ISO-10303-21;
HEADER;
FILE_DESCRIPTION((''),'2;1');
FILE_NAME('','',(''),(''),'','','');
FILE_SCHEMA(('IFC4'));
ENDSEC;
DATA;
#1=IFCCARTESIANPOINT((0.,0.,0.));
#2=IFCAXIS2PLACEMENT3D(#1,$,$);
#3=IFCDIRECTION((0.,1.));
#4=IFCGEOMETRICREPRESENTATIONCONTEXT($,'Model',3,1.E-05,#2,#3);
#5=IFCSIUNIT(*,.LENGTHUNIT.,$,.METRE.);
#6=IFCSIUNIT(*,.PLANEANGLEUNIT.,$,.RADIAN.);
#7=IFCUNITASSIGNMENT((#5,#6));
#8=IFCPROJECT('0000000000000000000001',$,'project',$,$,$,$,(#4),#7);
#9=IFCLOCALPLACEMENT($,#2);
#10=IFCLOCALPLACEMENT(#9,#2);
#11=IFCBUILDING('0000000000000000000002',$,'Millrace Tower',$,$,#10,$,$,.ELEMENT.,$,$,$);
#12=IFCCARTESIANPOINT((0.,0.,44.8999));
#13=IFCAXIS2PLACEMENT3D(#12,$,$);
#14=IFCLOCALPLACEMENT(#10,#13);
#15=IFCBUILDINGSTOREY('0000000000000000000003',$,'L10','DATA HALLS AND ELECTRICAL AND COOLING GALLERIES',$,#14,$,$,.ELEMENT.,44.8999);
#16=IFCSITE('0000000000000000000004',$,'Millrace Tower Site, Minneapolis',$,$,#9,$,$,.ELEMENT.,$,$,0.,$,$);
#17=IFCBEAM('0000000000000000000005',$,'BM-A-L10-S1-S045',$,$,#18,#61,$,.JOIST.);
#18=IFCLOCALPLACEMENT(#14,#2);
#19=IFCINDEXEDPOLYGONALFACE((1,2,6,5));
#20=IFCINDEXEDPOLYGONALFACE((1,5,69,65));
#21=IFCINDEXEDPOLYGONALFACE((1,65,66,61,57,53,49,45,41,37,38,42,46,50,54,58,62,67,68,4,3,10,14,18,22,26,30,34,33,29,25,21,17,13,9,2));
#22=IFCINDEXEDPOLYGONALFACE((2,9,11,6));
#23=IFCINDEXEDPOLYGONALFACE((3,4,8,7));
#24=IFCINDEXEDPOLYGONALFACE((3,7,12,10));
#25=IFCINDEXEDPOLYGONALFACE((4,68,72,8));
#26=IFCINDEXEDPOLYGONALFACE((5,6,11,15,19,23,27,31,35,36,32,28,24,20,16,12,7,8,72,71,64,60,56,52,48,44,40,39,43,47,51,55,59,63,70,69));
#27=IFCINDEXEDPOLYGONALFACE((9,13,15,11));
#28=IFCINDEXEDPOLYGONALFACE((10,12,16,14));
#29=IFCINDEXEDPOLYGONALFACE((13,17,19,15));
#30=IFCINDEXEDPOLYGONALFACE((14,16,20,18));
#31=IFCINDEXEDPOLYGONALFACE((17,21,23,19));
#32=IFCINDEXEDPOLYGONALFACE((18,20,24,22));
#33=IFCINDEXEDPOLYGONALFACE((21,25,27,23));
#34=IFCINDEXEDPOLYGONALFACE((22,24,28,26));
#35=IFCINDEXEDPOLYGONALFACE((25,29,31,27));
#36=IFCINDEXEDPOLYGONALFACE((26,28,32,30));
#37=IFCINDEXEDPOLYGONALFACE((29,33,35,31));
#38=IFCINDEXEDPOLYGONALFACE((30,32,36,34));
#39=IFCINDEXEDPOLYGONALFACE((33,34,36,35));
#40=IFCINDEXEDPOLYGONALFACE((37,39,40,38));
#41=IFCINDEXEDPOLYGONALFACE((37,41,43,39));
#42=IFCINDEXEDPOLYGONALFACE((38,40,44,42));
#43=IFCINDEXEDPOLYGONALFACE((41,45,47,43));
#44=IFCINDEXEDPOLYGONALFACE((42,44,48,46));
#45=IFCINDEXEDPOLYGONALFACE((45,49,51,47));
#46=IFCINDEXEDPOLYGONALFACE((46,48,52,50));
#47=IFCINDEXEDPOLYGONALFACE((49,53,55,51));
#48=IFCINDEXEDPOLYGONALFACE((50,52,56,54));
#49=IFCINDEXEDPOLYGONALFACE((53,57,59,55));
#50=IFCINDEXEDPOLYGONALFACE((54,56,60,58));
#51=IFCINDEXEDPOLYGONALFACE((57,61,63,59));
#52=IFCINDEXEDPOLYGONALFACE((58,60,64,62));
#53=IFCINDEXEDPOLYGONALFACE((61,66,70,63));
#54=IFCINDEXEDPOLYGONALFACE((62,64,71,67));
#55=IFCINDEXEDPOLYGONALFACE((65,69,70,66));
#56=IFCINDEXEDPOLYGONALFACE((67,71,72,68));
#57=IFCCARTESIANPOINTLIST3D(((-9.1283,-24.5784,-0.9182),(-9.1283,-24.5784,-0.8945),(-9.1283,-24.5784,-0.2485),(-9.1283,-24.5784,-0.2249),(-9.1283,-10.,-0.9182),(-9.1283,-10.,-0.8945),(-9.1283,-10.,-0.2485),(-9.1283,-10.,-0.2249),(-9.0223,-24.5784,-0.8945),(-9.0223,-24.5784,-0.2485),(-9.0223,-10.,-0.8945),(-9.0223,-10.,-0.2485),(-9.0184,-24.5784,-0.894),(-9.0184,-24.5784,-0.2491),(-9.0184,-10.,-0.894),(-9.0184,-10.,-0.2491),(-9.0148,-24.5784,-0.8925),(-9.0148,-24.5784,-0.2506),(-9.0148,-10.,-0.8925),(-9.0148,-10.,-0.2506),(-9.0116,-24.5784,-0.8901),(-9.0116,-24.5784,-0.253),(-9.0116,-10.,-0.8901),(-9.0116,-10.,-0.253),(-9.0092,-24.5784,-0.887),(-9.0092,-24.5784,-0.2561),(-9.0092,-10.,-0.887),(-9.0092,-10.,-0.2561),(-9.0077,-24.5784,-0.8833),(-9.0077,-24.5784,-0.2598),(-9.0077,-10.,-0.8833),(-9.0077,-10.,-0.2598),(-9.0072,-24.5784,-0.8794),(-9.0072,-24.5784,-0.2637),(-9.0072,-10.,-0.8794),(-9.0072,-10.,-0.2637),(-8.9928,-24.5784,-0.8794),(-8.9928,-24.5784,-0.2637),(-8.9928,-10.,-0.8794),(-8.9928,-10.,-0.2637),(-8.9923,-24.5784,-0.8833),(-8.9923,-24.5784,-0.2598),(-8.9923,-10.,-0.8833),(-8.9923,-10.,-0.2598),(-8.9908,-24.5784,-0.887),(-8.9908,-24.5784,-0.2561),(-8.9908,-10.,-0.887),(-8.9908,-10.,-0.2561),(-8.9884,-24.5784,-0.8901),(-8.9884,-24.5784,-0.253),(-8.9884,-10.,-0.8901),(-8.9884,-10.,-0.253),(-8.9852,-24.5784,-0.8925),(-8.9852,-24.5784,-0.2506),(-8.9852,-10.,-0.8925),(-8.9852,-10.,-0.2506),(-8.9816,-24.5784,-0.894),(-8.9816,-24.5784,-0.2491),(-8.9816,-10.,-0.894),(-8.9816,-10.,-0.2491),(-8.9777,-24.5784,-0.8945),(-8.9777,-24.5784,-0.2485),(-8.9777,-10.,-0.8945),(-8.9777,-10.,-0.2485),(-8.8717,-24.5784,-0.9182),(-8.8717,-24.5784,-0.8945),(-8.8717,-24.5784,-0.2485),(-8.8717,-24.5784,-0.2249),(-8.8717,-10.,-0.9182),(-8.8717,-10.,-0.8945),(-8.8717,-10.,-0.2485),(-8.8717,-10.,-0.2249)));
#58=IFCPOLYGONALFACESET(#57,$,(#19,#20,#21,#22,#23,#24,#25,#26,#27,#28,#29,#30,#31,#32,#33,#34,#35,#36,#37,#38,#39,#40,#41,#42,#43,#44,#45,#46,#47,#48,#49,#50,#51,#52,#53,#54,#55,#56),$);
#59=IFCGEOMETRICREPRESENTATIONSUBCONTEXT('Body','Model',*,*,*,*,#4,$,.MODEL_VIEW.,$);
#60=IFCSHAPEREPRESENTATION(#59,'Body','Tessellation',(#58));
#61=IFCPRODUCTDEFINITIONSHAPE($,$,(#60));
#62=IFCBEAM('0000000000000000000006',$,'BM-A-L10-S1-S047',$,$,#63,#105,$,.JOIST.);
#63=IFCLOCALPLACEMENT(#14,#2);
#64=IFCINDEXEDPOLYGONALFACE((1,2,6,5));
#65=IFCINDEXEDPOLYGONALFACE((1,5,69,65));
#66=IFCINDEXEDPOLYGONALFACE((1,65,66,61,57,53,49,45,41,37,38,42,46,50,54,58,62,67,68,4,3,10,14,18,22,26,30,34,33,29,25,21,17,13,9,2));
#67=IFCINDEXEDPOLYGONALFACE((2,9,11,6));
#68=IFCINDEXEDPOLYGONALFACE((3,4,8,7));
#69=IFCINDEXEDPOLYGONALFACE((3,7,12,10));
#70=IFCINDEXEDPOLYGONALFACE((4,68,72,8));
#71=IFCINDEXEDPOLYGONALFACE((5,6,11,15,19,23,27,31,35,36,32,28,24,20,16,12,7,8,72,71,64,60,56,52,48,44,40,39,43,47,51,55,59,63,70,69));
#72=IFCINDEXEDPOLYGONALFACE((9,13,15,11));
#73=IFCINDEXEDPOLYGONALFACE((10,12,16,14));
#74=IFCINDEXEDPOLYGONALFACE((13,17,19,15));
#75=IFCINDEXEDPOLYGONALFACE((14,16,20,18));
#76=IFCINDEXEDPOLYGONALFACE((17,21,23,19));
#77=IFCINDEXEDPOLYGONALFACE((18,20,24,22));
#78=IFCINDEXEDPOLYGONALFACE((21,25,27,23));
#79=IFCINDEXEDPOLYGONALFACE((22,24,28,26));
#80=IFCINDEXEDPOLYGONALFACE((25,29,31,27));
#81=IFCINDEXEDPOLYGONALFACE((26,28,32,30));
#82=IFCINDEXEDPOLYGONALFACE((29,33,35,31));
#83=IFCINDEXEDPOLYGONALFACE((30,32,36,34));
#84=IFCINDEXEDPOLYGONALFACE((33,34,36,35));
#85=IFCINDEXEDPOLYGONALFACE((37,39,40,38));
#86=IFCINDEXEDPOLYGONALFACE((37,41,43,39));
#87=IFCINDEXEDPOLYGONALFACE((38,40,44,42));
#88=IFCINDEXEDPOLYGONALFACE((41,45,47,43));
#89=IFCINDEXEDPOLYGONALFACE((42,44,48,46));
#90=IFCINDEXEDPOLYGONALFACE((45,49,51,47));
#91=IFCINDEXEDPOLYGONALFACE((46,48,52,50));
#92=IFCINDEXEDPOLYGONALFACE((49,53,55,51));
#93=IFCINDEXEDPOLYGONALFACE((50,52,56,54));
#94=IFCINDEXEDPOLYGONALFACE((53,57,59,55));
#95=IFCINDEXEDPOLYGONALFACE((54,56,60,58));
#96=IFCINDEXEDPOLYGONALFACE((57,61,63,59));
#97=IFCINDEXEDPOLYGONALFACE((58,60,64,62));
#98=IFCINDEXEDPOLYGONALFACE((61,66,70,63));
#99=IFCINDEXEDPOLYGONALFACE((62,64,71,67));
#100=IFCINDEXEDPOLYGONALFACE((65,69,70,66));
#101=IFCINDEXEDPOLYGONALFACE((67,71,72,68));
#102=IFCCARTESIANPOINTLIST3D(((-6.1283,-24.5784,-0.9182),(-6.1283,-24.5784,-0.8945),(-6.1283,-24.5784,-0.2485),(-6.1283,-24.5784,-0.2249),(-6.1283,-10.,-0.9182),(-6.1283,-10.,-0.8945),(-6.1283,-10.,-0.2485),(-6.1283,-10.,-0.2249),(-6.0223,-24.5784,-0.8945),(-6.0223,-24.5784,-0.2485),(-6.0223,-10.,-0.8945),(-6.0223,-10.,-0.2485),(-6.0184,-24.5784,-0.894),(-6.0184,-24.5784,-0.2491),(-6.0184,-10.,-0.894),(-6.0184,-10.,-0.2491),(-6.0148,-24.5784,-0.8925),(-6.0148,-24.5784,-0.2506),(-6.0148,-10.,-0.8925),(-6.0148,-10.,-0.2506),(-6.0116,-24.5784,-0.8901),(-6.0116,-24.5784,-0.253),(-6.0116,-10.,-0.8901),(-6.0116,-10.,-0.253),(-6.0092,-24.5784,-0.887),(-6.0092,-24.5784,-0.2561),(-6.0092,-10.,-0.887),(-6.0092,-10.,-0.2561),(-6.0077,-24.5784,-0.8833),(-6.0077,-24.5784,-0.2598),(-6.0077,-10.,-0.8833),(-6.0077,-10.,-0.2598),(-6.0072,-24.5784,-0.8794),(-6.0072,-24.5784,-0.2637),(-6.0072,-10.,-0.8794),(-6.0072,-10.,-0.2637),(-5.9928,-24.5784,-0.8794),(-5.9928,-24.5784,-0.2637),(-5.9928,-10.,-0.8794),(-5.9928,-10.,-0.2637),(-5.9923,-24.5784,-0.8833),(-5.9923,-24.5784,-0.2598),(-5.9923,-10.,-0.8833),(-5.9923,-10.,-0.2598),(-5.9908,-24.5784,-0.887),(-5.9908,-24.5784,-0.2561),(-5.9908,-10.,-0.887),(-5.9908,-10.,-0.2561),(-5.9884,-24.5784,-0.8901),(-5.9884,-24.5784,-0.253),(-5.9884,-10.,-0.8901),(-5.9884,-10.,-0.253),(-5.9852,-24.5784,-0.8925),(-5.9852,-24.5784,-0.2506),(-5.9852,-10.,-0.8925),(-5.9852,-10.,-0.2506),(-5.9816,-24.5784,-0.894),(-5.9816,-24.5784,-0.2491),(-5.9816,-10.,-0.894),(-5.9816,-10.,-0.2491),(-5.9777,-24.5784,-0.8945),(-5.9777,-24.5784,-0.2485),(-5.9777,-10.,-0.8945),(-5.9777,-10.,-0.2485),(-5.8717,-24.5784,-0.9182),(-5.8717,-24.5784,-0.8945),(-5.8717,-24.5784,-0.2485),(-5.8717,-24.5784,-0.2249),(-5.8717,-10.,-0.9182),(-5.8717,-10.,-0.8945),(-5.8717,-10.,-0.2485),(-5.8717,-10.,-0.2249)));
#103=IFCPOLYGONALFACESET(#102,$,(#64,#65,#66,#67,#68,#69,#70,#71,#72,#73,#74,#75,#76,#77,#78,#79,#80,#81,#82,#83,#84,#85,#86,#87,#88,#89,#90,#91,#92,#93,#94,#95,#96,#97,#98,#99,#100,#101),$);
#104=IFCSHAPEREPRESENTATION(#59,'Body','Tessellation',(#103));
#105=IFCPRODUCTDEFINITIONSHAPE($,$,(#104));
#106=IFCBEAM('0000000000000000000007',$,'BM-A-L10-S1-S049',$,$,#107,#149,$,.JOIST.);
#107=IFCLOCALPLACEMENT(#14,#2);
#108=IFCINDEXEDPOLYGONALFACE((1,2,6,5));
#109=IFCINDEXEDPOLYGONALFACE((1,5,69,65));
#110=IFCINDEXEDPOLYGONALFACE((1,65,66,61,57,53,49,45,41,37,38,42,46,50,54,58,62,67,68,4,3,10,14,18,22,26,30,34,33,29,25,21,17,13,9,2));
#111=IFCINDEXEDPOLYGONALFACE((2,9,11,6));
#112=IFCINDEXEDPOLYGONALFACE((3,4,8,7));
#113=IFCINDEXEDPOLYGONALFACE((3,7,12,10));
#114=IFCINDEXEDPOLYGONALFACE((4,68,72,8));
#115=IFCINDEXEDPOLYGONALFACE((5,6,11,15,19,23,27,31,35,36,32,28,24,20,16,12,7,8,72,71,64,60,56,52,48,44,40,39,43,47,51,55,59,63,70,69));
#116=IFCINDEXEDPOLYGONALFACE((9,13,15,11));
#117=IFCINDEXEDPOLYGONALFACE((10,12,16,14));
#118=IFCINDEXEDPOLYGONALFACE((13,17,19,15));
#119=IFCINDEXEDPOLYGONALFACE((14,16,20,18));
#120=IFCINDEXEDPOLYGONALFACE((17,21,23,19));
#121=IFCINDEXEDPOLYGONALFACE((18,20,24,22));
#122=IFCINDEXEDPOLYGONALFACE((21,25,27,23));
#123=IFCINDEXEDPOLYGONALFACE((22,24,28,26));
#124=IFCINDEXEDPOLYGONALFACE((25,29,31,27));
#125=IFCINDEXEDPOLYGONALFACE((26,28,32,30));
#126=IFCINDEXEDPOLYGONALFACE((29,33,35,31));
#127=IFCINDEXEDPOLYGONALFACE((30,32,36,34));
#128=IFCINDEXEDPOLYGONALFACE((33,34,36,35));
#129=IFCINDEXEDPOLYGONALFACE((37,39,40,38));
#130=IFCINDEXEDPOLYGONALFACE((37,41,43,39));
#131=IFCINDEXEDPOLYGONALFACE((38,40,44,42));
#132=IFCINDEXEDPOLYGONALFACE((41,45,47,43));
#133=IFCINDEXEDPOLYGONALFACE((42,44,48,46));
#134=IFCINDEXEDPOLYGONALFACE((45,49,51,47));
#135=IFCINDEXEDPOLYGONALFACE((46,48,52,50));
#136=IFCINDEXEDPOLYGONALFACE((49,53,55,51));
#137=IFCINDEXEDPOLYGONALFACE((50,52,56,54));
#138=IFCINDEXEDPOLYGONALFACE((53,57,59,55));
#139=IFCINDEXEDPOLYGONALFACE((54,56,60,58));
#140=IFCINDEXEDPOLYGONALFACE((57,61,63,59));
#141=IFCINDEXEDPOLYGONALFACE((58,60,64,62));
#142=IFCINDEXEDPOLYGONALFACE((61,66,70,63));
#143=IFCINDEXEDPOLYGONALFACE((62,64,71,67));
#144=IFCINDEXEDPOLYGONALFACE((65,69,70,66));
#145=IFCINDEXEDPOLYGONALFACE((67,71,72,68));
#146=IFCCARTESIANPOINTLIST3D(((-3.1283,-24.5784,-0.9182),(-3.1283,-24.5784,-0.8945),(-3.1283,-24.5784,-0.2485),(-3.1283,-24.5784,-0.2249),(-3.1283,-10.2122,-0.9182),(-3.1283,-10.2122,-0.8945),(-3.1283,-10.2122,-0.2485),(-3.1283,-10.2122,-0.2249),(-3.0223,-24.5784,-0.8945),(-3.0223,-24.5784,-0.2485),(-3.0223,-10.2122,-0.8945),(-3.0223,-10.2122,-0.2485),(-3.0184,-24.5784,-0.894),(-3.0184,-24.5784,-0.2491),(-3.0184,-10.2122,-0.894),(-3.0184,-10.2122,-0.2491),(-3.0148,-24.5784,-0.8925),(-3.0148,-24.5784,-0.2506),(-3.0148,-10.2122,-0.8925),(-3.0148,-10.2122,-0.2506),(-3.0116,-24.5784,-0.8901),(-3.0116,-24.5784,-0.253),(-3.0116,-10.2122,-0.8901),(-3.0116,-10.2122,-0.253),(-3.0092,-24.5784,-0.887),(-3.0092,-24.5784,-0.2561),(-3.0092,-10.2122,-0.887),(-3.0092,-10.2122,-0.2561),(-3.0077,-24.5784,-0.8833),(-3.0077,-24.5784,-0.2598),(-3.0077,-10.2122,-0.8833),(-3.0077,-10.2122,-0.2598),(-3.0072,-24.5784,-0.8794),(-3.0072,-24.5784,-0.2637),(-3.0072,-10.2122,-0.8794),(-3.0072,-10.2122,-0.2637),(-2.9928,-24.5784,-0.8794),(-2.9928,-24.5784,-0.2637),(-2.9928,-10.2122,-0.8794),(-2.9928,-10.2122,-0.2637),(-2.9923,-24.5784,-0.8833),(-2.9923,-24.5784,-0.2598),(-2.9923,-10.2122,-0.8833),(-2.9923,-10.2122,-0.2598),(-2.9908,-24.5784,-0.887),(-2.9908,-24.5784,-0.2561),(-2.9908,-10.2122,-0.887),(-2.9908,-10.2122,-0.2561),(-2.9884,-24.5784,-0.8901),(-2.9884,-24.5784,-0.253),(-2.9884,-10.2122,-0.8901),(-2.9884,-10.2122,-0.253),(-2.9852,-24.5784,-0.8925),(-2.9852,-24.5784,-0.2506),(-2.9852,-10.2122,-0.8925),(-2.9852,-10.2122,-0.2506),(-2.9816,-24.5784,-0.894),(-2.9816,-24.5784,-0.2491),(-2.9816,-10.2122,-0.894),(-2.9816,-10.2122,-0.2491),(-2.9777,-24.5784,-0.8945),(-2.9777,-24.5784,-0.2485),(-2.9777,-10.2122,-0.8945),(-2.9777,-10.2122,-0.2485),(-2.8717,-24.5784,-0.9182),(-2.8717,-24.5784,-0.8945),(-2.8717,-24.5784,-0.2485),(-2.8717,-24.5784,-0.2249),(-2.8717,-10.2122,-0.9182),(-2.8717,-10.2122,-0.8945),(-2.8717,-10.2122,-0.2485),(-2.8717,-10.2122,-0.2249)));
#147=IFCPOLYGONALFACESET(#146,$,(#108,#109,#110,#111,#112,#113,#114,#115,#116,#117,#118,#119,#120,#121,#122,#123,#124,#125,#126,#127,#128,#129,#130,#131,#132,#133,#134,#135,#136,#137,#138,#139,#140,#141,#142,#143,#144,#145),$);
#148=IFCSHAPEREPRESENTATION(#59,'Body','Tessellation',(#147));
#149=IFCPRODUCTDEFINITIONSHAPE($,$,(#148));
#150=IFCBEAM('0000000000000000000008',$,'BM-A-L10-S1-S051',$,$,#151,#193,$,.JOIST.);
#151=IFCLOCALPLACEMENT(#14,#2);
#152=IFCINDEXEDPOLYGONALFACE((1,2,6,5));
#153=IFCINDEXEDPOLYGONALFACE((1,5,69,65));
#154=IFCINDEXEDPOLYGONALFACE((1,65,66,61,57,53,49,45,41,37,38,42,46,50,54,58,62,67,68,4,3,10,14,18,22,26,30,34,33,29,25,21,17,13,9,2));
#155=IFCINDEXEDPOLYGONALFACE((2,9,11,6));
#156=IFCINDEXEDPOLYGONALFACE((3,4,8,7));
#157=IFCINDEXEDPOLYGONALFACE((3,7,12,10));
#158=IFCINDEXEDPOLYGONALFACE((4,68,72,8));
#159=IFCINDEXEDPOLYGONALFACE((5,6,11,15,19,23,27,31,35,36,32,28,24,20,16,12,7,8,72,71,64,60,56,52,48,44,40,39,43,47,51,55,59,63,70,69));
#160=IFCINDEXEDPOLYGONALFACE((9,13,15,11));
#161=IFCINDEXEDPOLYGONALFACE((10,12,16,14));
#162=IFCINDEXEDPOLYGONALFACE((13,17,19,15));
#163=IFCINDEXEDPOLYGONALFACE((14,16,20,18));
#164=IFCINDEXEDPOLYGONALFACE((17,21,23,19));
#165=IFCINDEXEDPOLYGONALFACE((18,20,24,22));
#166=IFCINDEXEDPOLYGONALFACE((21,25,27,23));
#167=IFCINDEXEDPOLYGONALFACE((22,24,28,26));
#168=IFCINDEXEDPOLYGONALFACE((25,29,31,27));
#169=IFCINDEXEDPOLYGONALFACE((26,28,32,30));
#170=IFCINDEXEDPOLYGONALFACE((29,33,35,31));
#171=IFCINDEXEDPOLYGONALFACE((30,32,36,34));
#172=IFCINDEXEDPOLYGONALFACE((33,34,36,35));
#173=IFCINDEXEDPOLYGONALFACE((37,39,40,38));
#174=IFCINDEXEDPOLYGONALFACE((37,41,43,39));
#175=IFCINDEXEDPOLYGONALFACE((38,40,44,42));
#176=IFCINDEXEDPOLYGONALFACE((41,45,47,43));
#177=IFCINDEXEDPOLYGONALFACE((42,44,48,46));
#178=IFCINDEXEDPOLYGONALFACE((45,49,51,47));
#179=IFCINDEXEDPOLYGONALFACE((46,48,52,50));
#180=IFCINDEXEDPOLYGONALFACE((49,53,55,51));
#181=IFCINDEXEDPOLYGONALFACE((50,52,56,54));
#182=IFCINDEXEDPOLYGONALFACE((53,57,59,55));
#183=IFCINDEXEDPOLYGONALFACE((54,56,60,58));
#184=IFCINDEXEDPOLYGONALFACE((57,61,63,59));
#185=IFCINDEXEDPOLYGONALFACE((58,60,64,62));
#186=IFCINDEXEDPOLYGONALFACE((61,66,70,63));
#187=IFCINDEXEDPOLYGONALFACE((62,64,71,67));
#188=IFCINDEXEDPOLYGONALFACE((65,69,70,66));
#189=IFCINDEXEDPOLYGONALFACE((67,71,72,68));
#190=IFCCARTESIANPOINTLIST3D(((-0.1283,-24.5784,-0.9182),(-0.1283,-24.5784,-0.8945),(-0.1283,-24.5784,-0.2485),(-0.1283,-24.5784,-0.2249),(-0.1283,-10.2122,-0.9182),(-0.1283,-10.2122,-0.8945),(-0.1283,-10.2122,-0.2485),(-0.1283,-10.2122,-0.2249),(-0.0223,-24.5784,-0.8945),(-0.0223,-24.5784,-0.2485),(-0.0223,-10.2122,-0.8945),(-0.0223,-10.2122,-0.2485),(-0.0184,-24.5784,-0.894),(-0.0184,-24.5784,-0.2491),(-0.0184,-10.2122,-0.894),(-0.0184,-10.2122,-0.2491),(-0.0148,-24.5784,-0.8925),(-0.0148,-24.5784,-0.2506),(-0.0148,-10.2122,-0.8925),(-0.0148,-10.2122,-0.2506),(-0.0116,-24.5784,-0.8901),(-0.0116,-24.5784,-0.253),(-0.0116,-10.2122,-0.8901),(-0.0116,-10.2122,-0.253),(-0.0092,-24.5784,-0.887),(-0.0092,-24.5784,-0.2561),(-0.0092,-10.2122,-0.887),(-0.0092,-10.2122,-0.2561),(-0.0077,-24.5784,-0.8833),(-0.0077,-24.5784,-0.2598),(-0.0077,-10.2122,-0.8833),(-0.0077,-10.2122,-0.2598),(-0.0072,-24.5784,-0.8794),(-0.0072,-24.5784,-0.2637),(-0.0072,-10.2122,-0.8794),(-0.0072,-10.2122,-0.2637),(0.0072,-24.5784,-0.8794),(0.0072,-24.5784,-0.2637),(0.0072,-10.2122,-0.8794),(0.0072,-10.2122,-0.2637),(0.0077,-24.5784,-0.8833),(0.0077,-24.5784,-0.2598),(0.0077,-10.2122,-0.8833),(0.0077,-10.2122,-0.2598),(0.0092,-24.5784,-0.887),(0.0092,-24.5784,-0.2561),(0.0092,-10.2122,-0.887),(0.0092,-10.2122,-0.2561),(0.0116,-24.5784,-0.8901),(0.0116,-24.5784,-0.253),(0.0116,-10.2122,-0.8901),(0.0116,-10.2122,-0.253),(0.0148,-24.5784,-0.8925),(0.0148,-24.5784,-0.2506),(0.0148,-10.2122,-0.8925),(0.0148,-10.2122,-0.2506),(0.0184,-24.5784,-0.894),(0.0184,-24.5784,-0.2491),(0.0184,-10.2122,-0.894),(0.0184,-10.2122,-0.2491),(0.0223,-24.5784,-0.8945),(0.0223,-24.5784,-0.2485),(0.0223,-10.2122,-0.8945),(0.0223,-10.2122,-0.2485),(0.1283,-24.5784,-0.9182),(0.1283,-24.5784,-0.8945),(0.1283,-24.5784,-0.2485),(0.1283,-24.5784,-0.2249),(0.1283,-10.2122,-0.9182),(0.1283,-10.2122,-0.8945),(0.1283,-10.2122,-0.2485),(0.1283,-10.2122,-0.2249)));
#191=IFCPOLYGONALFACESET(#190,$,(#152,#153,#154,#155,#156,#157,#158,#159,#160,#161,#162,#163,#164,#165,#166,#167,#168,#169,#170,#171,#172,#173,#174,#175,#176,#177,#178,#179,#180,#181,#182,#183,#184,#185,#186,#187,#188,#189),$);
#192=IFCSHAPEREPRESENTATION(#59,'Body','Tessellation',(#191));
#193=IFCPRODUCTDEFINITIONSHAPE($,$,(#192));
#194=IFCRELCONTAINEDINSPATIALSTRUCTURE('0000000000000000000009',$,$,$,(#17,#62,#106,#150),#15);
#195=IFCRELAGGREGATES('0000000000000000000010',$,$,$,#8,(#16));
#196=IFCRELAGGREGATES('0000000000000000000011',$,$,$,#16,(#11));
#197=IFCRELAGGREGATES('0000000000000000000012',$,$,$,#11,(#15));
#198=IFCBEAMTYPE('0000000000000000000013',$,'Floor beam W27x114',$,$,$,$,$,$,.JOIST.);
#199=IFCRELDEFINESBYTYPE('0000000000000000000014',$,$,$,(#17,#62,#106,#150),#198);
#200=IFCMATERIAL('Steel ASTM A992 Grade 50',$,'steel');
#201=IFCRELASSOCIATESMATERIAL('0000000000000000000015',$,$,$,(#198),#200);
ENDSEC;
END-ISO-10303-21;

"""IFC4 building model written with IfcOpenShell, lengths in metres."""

from ifc_helpers import new_model, si_unit, direction, frame, origin, origin_2d, place, context, subcontext, project, spatial, i_section, extrude, material, material_profile, profile_set, type_object, element, save


model = new_model("IFC4")

# Units and contexts
model_context = context("Model", 3, precision=1e-05, world=origin(), true_north=direction((0.0, 1.0)))
body_context = subcontext(model_context, "Body", "Model", "MODEL_VIEW")
ifc_project = project(units=[si_unit("LENGTHUNIT", "METRE"), si_unit("PLANEANGLEUNIT", "RADIAN")], contexts=[model_context])

# Site, building, storey
site_placement = place(None, origin())
site = spatial("IfcSite", under=ifc_project, at=site_placement, Name="Millrace Tower Site, Minneapolis", CompositionType="ELEMENT", RefElevation=0.0)
building_placement = place(site_placement, origin())
building = spatial("IfcBuilding", under=site, at=building_placement, Name="Millrace Tower", CompositionType="ELEMENT")
storey_placement = place(building_placement, frame((0.0, 0.0, 44.8999)))
storey = spatial("IfcBuildingStorey", under=building, at=storey_placement, Name="L10", Description="DATA HALLS AND ELECTRICAL AND COOLING GALLERIES", CompositionType="ELEMENT", Elevation=44.8999)

# Beams
ifc_material_1 = material(Name="Steel ASTM A992 Grade 50", Category="steel")
ifc_material_profile_1 = material_profile(ifc_material_1, i_section(OverallWidth=0.2566, OverallDepth=0.6934, WebThickness=0.0144, FlangeThickness=0.0237, FilletRadius=0.0151, at=origin_2d()))
ifc_profile_set_1 = profile_set([ifc_material_profile_1], Name="Steel ASTM A992 Grade 50")
beam_type_1 = type_object("IfcBeamType", Name="Floor beam W27x114", PredefinedType="JOIST", material=ifc_profile_set_1)
for number, where, z_axis, x_axis, name in (
    (1, (-9.0, -24.5784, -0.5715), (0.0, 1.0, 0.0), (-1.0, 0.0, 0.0), "BM-A-L10-S1-S045"),
    (2, (-6.0, -24.5784, -0.5715), (0.0, 1.0, 0.0), (-1.0, 0.0, 0.0), "BM-A-L10-S1-S047"),
):
    element("IfcBeam", number, at=place(storey_placement, frame(where, z_axis=z_axis, x_axis=x_axis)), inside=storey, type_object=beam_type_1, Name=name, PredefinedType="JOIST", context=body_context, shape_type="SweptSolid", body=[
        extrude(i_section(OverallWidth=0.2566, OverallDepth=0.6934, WebThickness=0.0144, FlangeThickness=0.0237, FilletRadius=0.0151, at=origin_2d()), origin(), (0.0, 0.0, 1.0), 14.5784),
    ])
for number, where, z_axis, x_axis, name in (
    (3, (-3.0, -24.5784, -0.5715), (0.0, 1.0, 0.0), (-1.0, 0.0, 0.0), "BM-A-L10-S1-S049"),
    (4, (0.0, -24.5784, -0.5715), (0.0, 1.0, 0.0), (-1.0, 0.0, 0.0), "BM-A-L10-S1-S051"),
):
    element("IfcBeam", number, at=place(storey_placement, frame(where, z_axis=z_axis, x_axis=x_axis)), inside=storey, type_object=beam_type_1, Name=name, PredefinedType="JOIST", context=body_context, shape_type="SweptSolid", body=[
        extrude(i_section(OverallWidth=0.2566, OverallDepth=0.6934, WebThickness=0.0144, FlangeThickness=0.0237, FilletRadius=0.0151, at=origin_2d()), origin(), (0.0, 0.0, 1.0), 14.3662),
    ])

save(model, "model.ifc")
